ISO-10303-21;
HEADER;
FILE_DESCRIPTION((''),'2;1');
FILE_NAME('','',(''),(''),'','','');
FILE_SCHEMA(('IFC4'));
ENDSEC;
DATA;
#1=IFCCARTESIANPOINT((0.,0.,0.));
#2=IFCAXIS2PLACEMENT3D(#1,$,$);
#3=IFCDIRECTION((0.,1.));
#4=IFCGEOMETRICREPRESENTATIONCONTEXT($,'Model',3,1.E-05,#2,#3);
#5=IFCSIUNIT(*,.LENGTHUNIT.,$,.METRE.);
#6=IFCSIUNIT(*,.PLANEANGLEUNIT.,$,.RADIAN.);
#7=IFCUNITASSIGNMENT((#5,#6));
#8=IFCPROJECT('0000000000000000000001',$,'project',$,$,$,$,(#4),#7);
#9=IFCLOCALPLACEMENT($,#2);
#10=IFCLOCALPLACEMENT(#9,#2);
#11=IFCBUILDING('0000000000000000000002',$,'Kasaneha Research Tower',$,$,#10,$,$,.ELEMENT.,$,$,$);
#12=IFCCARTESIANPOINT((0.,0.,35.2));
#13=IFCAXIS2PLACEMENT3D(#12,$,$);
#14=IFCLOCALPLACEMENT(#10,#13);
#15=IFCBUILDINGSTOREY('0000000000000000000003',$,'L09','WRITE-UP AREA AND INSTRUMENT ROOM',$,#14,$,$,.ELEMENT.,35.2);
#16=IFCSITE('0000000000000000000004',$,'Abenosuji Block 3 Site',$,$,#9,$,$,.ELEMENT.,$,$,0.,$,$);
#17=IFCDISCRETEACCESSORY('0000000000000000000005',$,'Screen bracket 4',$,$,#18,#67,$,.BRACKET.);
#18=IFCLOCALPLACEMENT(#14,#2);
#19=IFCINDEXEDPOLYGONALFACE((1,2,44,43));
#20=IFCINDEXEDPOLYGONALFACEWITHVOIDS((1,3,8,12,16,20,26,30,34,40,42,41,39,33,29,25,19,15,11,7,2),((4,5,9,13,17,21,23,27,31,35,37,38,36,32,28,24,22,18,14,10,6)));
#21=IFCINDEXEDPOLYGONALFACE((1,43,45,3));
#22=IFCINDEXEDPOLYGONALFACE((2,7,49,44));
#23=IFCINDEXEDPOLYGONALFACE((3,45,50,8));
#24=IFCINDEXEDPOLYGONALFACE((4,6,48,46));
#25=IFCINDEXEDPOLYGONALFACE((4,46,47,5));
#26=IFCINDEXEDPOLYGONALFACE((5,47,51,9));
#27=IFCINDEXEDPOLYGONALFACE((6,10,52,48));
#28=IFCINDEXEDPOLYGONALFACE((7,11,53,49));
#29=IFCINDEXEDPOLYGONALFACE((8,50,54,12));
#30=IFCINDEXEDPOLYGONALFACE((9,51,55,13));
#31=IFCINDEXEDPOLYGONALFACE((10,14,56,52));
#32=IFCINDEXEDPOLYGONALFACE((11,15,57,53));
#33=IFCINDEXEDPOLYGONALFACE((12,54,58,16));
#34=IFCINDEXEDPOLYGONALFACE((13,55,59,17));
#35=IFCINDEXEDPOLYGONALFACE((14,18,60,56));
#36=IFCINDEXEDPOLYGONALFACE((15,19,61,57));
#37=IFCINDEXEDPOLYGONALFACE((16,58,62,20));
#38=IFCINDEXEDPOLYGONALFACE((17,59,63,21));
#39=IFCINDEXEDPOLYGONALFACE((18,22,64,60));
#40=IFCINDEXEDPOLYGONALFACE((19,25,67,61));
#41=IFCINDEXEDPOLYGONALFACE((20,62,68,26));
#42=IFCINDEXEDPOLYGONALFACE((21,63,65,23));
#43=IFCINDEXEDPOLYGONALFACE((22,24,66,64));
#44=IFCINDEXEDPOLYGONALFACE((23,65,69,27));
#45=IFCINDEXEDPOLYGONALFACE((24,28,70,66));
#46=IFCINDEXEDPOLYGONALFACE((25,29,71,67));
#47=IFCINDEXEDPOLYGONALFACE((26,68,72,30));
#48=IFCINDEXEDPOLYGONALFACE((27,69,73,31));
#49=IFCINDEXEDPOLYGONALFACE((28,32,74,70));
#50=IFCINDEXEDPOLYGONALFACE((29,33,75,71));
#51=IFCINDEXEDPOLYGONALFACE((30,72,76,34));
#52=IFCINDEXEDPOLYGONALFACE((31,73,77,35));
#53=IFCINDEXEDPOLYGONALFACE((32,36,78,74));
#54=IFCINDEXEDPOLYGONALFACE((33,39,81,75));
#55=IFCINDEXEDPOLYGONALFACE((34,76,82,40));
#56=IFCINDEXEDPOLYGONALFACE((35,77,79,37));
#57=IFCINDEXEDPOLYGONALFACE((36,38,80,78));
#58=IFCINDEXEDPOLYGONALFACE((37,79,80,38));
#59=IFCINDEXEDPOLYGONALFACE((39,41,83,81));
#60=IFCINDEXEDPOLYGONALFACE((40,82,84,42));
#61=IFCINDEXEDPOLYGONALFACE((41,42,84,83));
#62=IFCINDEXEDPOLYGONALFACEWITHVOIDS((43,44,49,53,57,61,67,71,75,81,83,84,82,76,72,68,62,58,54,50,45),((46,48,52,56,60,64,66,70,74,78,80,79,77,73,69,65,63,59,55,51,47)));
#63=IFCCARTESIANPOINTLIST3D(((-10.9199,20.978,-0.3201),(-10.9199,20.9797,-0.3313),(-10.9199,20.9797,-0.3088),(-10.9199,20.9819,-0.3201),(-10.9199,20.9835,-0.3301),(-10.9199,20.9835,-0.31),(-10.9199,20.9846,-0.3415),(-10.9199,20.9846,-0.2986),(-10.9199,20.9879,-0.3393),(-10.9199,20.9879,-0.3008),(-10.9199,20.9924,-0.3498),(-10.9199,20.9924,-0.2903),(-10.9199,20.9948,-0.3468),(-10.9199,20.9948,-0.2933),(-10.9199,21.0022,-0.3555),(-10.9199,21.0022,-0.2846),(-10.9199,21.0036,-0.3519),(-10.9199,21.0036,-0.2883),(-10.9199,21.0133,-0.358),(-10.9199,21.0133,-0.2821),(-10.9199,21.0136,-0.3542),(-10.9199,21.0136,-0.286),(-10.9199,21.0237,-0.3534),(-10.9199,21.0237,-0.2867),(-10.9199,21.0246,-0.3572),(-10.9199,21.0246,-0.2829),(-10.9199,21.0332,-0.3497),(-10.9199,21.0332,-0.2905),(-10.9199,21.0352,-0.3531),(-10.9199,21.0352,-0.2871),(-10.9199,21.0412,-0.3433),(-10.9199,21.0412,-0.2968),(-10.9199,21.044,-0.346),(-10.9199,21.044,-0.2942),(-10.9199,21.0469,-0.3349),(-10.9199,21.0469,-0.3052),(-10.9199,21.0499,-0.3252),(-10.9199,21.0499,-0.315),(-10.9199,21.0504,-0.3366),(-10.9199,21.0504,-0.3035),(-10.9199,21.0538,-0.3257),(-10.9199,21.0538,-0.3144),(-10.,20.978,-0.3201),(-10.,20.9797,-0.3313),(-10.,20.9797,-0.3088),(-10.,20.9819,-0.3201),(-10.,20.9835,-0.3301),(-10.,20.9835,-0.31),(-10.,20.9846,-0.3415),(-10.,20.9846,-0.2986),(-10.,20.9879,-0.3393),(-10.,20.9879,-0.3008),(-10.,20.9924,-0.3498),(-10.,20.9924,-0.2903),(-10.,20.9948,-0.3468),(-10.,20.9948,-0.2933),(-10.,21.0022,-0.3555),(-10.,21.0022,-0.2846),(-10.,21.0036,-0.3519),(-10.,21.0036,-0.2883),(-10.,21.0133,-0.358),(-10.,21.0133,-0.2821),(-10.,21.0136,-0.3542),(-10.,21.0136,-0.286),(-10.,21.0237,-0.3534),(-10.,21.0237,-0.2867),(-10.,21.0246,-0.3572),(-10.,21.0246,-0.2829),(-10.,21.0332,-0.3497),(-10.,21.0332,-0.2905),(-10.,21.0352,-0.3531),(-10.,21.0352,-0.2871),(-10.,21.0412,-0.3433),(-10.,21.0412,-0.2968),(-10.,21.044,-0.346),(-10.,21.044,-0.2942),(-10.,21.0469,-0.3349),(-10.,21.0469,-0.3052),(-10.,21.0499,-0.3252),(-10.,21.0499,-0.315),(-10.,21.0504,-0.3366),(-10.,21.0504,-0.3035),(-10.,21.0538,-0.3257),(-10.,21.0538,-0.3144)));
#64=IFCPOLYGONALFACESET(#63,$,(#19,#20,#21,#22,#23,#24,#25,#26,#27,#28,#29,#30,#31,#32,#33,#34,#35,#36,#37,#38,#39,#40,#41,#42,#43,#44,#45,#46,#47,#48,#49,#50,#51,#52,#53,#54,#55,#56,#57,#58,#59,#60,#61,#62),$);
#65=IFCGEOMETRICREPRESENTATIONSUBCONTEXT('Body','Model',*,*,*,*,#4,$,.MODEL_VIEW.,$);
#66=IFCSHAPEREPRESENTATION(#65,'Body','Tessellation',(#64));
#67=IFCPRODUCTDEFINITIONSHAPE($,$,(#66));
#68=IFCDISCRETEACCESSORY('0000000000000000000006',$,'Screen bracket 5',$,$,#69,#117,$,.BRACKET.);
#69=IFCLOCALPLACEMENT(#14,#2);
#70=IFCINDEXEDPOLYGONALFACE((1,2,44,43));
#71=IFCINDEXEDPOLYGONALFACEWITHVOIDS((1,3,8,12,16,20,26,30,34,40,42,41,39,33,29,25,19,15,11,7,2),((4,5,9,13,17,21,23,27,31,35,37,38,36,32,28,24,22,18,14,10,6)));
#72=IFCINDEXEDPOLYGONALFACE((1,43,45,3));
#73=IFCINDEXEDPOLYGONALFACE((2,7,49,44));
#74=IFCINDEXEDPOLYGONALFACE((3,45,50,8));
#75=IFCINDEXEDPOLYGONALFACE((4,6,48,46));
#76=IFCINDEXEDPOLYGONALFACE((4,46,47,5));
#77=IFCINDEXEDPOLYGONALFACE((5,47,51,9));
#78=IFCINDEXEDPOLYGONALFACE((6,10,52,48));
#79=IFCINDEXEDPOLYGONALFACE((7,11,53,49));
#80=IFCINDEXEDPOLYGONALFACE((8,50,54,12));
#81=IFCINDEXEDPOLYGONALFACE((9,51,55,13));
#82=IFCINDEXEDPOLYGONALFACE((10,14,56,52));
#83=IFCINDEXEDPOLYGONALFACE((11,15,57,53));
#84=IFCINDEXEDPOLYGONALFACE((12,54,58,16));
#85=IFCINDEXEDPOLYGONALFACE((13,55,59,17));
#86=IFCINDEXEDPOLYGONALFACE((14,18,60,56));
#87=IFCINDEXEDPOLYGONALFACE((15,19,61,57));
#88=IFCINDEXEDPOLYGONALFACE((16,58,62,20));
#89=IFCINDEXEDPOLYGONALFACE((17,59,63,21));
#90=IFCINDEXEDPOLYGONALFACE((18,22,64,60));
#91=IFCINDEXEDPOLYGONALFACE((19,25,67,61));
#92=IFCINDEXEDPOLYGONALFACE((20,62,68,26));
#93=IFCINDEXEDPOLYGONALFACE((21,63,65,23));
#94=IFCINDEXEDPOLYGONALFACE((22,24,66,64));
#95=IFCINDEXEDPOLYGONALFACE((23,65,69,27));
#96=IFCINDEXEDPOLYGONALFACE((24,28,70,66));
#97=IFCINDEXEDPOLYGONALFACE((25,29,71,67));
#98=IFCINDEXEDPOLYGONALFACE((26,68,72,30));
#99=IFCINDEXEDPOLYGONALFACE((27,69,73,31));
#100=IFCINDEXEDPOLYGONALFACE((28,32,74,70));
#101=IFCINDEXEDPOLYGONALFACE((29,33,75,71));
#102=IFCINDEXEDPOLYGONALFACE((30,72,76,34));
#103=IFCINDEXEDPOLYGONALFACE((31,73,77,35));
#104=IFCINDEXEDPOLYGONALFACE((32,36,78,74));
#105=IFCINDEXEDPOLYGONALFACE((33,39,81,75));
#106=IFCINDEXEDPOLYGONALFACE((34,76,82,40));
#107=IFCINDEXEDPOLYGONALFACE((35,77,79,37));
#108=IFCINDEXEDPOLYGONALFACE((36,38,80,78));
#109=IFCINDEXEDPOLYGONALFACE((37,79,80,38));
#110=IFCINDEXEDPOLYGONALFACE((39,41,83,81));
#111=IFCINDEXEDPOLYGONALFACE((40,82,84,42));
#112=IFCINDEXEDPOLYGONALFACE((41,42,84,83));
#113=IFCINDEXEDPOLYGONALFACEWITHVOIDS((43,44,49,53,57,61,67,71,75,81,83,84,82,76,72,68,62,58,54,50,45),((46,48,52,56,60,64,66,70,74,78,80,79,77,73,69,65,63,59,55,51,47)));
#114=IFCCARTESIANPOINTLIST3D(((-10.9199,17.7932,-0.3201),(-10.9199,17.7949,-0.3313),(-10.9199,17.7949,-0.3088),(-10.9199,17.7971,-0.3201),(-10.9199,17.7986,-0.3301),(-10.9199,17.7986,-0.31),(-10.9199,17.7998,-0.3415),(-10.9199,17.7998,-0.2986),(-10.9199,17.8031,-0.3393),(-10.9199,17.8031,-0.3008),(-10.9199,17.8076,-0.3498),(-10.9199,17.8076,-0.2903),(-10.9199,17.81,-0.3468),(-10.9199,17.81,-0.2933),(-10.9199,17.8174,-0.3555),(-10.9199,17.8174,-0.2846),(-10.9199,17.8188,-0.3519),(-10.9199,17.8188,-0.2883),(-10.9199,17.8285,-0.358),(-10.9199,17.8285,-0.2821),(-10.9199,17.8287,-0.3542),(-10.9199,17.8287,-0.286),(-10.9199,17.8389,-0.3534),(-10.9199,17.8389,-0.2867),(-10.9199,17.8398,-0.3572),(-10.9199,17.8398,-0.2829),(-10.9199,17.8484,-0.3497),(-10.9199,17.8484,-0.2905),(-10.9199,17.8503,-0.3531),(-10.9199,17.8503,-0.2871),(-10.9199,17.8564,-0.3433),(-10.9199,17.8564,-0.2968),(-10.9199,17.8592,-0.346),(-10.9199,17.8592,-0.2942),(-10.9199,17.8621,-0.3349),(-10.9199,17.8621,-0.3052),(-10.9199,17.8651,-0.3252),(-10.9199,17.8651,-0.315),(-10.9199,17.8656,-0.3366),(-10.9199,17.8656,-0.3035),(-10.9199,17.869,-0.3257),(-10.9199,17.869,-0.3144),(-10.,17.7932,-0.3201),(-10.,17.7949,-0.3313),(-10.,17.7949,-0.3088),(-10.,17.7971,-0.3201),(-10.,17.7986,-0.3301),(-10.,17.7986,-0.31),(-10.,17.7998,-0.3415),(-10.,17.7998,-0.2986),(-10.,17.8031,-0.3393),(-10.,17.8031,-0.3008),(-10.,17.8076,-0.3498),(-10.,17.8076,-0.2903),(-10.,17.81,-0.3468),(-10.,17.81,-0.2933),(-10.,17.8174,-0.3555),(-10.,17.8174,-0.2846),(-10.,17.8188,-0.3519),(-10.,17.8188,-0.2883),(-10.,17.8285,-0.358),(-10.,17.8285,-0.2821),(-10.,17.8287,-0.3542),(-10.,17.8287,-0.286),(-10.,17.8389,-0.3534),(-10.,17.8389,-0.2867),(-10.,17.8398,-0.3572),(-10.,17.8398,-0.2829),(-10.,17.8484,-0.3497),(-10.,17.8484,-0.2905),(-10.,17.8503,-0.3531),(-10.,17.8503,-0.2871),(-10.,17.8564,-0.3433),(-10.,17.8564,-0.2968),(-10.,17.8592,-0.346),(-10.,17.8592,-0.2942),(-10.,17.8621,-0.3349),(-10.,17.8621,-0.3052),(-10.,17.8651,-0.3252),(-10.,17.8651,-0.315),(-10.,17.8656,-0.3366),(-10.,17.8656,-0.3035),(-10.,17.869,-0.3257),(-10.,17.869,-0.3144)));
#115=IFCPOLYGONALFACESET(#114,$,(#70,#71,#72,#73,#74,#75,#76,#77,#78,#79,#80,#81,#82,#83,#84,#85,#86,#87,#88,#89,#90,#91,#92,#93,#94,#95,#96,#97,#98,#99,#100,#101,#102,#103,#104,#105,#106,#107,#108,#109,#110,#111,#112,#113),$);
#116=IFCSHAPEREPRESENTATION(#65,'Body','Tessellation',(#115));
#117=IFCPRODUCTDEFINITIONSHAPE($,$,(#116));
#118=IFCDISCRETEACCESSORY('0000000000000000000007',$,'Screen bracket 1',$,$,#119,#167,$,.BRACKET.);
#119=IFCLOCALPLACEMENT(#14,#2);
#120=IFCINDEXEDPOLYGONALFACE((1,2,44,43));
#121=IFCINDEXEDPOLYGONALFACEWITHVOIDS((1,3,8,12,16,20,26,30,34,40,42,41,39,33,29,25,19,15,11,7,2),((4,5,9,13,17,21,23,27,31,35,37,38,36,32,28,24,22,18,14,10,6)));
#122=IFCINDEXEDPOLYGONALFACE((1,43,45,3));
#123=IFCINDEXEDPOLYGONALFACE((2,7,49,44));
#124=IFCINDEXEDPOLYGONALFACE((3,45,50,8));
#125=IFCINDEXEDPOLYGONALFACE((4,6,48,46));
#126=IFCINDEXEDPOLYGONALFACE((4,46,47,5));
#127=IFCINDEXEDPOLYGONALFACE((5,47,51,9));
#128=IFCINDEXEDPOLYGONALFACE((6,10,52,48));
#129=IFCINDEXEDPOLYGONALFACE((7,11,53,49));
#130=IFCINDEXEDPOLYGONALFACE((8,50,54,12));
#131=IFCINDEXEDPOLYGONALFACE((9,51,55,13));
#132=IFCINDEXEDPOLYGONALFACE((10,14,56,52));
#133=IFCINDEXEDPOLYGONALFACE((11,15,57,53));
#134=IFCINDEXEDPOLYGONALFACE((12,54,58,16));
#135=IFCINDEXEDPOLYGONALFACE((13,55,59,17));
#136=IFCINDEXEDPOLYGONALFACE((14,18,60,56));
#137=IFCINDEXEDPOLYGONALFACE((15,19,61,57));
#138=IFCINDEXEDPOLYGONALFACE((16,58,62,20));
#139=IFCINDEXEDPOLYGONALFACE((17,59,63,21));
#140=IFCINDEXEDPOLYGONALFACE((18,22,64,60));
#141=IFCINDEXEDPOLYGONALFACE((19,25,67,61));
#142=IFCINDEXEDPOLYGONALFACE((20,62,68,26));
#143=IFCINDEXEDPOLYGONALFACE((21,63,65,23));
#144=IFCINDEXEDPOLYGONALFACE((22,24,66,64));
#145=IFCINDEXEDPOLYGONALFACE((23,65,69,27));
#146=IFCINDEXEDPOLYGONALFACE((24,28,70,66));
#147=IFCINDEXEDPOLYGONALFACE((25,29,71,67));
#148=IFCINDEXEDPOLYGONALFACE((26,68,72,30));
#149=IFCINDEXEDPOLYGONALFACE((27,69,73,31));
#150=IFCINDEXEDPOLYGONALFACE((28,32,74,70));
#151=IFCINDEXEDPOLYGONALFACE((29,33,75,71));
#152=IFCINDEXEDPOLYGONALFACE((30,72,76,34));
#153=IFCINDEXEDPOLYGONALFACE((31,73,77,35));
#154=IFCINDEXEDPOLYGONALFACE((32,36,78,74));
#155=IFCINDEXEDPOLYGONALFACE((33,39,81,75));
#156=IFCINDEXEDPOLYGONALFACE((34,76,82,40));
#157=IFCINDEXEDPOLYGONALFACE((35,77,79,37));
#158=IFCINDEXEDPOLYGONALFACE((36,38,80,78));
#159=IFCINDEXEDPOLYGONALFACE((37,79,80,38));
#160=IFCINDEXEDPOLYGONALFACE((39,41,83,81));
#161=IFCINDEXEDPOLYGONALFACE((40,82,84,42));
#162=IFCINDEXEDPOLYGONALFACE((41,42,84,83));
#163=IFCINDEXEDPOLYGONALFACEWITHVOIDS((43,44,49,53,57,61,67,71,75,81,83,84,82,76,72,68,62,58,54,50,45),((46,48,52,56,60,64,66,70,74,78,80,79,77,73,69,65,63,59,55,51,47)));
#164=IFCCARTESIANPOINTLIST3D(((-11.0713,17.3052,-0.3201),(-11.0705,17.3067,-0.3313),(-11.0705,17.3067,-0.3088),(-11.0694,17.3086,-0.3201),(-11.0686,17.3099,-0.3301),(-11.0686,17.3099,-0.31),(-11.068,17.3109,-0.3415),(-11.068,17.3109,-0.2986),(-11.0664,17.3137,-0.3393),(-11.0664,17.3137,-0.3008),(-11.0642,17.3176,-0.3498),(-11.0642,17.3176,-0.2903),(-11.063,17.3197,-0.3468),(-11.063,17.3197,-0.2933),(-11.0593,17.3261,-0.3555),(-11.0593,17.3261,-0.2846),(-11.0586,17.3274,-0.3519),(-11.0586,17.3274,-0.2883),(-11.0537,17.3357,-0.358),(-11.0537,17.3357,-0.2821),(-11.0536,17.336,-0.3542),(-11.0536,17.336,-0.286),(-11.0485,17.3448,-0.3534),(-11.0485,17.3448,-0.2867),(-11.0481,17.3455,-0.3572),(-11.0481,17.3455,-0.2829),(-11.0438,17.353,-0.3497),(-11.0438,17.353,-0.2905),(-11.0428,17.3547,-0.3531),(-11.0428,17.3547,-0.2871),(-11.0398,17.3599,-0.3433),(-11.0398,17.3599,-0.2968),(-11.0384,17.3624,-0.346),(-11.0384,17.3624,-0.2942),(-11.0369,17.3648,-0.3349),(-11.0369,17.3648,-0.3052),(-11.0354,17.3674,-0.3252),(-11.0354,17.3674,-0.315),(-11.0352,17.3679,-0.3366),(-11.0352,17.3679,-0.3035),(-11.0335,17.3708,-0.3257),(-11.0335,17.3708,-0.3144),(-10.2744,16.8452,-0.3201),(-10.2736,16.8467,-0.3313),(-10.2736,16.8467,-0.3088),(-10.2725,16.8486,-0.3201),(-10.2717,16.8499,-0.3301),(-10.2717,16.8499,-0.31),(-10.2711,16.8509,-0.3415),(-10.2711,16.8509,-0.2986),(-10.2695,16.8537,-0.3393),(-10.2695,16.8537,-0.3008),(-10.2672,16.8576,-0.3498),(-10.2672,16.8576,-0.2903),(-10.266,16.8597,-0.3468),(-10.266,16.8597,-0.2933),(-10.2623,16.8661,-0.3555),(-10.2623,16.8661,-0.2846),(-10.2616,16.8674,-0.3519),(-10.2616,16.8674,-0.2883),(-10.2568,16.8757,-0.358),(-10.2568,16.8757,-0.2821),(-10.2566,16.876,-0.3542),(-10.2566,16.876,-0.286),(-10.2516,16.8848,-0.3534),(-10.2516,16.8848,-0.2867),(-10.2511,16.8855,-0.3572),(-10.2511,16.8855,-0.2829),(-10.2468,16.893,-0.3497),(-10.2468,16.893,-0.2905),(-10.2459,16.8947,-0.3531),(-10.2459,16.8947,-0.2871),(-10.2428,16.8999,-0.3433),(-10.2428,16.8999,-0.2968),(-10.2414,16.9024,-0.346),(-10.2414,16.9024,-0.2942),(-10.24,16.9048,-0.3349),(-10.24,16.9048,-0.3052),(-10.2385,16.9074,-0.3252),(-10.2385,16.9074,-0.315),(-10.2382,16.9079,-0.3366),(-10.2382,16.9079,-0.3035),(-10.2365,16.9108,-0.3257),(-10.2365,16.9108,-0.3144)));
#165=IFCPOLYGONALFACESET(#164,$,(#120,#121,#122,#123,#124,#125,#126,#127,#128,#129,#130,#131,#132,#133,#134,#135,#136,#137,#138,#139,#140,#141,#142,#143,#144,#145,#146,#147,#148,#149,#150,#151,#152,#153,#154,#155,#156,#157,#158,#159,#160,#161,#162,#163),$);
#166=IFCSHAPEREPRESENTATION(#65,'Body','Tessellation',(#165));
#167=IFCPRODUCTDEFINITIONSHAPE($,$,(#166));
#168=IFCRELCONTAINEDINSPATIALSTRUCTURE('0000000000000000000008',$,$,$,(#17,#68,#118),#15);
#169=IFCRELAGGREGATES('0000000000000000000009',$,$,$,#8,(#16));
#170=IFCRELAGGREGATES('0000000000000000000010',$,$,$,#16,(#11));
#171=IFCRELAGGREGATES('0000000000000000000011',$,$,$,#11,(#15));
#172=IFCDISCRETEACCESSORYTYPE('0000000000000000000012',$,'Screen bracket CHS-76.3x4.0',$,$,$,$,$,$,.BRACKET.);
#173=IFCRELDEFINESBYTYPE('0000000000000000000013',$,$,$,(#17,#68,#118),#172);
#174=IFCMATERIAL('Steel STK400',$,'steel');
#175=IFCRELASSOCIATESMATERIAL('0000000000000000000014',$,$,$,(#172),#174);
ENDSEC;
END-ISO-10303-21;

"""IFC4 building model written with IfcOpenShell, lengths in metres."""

from ifc_helpers import new_model, si_unit, direction, frame, origin, origin_2d, place, context, subcontext, project, spatial, hollow_circle, extrude, material, material_profile, profile_set, type_object, element, save


model = new_model("IFC4")

# Units and contexts
model_context = context("Model", 3, precision=1e-05, world=origin(), true_north=direction((0.0, 1.0)))
body_context = subcontext(model_context, "Body", "Model", "MODEL_VIEW")
ifc_project = project(units=[si_unit("LENGTHUNIT", "METRE"), si_unit("PLANEANGLEUNIT", "RADIAN")], contexts=[model_context])

# Site, building, storey
site_placement = place(None, origin())
site = spatial("IfcSite", under=ifc_project, at=site_placement, Name="Abenosuji Block 3 Site", CompositionType="ELEMENT", RefElevation=0.0)
building_placement = place(site_placement, origin())
building = spatial("IfcBuilding", under=site, at=building_placement, Name="Kasaneha Research Tower", CompositionType="ELEMENT")
storey_placement = place(building_placement, frame((0.0, 0.0, 35.2)))
storey = spatial("IfcBuildingStorey", under=building, at=storey_placement, Name="L09", Description="WRITE-UP AREA AND INSTRUMENT ROOM", CompositionType="ELEMENT", Elevation=35.2)

# Discrete accessories
ifc_material_1 = material(Name="Steel STK400", Category="steel")
ifc_material_profile_1 = material_profile(ifc_material_1, hollow_circle(Radius=0.0381, WallThickness=0.0039, at=origin_2d()), Name="CHS-76.3x4.0")
ifc_profile_set_1 = profile_set([ifc_material_profile_1], Name="Steel STK400")
discrete_accessory_type = type_object("IfcDiscreteAccessoryType", Name="Screen bracket CHS-76.3x4.0", PredefinedType="BRACKET", material=ifc_profile_set_1)
for number, where, z_axis, x_axis, name in (
    (1, (-10.0, 21.0161, -0.3201), (-1.0, 0.0, 0.0), (0.0, -1.0, 0.0), "Screen bracket 4"),
    (2, (-10.0, 17.8313, -0.3201), (-1.0, 0.0, 0.0), (0.0, -1.0, 0.0), "Screen bracket 5"),
):
    element("IfcDiscreteAccessory", number, at=place(storey_placement, frame(where, z_axis=z_axis, x_axis=x_axis)), inside=storey, type_object=discrete_accessory_type, Name=name, PredefinedType="BRACKET", context=body_context, shape_type="SweptSolid", body=[
        extrude(hollow_circle(Radius=0.0381, WallThickness=0.0039, at=origin_2d()), origin(), (0.0, 0.0, 1.0), 0.9199),
    ])
discrete_accessory_1_placement = place(storey_placement, frame((-10.2554, 16.8782, -0.3201), z_axis=(-0.86608, 0.499906, 0.0), x_axis=(-0.499906, -0.86608, 0.0)))
element("IfcDiscreteAccessory", 3, at=discrete_accessory_1_placement, inside=storey, type_object=discrete_accessory_type, Name="Screen bracket 1", PredefinedType="BRACKET", context=body_context, shape_type="SweptSolid", body=[
    extrude(hollow_circle(Radius=0.0381, WallThickness=0.0039, at=origin_2d()), origin(), (0.0, 0.0, 1.0), 0.9202),
])

save(model, "model.ifc")
